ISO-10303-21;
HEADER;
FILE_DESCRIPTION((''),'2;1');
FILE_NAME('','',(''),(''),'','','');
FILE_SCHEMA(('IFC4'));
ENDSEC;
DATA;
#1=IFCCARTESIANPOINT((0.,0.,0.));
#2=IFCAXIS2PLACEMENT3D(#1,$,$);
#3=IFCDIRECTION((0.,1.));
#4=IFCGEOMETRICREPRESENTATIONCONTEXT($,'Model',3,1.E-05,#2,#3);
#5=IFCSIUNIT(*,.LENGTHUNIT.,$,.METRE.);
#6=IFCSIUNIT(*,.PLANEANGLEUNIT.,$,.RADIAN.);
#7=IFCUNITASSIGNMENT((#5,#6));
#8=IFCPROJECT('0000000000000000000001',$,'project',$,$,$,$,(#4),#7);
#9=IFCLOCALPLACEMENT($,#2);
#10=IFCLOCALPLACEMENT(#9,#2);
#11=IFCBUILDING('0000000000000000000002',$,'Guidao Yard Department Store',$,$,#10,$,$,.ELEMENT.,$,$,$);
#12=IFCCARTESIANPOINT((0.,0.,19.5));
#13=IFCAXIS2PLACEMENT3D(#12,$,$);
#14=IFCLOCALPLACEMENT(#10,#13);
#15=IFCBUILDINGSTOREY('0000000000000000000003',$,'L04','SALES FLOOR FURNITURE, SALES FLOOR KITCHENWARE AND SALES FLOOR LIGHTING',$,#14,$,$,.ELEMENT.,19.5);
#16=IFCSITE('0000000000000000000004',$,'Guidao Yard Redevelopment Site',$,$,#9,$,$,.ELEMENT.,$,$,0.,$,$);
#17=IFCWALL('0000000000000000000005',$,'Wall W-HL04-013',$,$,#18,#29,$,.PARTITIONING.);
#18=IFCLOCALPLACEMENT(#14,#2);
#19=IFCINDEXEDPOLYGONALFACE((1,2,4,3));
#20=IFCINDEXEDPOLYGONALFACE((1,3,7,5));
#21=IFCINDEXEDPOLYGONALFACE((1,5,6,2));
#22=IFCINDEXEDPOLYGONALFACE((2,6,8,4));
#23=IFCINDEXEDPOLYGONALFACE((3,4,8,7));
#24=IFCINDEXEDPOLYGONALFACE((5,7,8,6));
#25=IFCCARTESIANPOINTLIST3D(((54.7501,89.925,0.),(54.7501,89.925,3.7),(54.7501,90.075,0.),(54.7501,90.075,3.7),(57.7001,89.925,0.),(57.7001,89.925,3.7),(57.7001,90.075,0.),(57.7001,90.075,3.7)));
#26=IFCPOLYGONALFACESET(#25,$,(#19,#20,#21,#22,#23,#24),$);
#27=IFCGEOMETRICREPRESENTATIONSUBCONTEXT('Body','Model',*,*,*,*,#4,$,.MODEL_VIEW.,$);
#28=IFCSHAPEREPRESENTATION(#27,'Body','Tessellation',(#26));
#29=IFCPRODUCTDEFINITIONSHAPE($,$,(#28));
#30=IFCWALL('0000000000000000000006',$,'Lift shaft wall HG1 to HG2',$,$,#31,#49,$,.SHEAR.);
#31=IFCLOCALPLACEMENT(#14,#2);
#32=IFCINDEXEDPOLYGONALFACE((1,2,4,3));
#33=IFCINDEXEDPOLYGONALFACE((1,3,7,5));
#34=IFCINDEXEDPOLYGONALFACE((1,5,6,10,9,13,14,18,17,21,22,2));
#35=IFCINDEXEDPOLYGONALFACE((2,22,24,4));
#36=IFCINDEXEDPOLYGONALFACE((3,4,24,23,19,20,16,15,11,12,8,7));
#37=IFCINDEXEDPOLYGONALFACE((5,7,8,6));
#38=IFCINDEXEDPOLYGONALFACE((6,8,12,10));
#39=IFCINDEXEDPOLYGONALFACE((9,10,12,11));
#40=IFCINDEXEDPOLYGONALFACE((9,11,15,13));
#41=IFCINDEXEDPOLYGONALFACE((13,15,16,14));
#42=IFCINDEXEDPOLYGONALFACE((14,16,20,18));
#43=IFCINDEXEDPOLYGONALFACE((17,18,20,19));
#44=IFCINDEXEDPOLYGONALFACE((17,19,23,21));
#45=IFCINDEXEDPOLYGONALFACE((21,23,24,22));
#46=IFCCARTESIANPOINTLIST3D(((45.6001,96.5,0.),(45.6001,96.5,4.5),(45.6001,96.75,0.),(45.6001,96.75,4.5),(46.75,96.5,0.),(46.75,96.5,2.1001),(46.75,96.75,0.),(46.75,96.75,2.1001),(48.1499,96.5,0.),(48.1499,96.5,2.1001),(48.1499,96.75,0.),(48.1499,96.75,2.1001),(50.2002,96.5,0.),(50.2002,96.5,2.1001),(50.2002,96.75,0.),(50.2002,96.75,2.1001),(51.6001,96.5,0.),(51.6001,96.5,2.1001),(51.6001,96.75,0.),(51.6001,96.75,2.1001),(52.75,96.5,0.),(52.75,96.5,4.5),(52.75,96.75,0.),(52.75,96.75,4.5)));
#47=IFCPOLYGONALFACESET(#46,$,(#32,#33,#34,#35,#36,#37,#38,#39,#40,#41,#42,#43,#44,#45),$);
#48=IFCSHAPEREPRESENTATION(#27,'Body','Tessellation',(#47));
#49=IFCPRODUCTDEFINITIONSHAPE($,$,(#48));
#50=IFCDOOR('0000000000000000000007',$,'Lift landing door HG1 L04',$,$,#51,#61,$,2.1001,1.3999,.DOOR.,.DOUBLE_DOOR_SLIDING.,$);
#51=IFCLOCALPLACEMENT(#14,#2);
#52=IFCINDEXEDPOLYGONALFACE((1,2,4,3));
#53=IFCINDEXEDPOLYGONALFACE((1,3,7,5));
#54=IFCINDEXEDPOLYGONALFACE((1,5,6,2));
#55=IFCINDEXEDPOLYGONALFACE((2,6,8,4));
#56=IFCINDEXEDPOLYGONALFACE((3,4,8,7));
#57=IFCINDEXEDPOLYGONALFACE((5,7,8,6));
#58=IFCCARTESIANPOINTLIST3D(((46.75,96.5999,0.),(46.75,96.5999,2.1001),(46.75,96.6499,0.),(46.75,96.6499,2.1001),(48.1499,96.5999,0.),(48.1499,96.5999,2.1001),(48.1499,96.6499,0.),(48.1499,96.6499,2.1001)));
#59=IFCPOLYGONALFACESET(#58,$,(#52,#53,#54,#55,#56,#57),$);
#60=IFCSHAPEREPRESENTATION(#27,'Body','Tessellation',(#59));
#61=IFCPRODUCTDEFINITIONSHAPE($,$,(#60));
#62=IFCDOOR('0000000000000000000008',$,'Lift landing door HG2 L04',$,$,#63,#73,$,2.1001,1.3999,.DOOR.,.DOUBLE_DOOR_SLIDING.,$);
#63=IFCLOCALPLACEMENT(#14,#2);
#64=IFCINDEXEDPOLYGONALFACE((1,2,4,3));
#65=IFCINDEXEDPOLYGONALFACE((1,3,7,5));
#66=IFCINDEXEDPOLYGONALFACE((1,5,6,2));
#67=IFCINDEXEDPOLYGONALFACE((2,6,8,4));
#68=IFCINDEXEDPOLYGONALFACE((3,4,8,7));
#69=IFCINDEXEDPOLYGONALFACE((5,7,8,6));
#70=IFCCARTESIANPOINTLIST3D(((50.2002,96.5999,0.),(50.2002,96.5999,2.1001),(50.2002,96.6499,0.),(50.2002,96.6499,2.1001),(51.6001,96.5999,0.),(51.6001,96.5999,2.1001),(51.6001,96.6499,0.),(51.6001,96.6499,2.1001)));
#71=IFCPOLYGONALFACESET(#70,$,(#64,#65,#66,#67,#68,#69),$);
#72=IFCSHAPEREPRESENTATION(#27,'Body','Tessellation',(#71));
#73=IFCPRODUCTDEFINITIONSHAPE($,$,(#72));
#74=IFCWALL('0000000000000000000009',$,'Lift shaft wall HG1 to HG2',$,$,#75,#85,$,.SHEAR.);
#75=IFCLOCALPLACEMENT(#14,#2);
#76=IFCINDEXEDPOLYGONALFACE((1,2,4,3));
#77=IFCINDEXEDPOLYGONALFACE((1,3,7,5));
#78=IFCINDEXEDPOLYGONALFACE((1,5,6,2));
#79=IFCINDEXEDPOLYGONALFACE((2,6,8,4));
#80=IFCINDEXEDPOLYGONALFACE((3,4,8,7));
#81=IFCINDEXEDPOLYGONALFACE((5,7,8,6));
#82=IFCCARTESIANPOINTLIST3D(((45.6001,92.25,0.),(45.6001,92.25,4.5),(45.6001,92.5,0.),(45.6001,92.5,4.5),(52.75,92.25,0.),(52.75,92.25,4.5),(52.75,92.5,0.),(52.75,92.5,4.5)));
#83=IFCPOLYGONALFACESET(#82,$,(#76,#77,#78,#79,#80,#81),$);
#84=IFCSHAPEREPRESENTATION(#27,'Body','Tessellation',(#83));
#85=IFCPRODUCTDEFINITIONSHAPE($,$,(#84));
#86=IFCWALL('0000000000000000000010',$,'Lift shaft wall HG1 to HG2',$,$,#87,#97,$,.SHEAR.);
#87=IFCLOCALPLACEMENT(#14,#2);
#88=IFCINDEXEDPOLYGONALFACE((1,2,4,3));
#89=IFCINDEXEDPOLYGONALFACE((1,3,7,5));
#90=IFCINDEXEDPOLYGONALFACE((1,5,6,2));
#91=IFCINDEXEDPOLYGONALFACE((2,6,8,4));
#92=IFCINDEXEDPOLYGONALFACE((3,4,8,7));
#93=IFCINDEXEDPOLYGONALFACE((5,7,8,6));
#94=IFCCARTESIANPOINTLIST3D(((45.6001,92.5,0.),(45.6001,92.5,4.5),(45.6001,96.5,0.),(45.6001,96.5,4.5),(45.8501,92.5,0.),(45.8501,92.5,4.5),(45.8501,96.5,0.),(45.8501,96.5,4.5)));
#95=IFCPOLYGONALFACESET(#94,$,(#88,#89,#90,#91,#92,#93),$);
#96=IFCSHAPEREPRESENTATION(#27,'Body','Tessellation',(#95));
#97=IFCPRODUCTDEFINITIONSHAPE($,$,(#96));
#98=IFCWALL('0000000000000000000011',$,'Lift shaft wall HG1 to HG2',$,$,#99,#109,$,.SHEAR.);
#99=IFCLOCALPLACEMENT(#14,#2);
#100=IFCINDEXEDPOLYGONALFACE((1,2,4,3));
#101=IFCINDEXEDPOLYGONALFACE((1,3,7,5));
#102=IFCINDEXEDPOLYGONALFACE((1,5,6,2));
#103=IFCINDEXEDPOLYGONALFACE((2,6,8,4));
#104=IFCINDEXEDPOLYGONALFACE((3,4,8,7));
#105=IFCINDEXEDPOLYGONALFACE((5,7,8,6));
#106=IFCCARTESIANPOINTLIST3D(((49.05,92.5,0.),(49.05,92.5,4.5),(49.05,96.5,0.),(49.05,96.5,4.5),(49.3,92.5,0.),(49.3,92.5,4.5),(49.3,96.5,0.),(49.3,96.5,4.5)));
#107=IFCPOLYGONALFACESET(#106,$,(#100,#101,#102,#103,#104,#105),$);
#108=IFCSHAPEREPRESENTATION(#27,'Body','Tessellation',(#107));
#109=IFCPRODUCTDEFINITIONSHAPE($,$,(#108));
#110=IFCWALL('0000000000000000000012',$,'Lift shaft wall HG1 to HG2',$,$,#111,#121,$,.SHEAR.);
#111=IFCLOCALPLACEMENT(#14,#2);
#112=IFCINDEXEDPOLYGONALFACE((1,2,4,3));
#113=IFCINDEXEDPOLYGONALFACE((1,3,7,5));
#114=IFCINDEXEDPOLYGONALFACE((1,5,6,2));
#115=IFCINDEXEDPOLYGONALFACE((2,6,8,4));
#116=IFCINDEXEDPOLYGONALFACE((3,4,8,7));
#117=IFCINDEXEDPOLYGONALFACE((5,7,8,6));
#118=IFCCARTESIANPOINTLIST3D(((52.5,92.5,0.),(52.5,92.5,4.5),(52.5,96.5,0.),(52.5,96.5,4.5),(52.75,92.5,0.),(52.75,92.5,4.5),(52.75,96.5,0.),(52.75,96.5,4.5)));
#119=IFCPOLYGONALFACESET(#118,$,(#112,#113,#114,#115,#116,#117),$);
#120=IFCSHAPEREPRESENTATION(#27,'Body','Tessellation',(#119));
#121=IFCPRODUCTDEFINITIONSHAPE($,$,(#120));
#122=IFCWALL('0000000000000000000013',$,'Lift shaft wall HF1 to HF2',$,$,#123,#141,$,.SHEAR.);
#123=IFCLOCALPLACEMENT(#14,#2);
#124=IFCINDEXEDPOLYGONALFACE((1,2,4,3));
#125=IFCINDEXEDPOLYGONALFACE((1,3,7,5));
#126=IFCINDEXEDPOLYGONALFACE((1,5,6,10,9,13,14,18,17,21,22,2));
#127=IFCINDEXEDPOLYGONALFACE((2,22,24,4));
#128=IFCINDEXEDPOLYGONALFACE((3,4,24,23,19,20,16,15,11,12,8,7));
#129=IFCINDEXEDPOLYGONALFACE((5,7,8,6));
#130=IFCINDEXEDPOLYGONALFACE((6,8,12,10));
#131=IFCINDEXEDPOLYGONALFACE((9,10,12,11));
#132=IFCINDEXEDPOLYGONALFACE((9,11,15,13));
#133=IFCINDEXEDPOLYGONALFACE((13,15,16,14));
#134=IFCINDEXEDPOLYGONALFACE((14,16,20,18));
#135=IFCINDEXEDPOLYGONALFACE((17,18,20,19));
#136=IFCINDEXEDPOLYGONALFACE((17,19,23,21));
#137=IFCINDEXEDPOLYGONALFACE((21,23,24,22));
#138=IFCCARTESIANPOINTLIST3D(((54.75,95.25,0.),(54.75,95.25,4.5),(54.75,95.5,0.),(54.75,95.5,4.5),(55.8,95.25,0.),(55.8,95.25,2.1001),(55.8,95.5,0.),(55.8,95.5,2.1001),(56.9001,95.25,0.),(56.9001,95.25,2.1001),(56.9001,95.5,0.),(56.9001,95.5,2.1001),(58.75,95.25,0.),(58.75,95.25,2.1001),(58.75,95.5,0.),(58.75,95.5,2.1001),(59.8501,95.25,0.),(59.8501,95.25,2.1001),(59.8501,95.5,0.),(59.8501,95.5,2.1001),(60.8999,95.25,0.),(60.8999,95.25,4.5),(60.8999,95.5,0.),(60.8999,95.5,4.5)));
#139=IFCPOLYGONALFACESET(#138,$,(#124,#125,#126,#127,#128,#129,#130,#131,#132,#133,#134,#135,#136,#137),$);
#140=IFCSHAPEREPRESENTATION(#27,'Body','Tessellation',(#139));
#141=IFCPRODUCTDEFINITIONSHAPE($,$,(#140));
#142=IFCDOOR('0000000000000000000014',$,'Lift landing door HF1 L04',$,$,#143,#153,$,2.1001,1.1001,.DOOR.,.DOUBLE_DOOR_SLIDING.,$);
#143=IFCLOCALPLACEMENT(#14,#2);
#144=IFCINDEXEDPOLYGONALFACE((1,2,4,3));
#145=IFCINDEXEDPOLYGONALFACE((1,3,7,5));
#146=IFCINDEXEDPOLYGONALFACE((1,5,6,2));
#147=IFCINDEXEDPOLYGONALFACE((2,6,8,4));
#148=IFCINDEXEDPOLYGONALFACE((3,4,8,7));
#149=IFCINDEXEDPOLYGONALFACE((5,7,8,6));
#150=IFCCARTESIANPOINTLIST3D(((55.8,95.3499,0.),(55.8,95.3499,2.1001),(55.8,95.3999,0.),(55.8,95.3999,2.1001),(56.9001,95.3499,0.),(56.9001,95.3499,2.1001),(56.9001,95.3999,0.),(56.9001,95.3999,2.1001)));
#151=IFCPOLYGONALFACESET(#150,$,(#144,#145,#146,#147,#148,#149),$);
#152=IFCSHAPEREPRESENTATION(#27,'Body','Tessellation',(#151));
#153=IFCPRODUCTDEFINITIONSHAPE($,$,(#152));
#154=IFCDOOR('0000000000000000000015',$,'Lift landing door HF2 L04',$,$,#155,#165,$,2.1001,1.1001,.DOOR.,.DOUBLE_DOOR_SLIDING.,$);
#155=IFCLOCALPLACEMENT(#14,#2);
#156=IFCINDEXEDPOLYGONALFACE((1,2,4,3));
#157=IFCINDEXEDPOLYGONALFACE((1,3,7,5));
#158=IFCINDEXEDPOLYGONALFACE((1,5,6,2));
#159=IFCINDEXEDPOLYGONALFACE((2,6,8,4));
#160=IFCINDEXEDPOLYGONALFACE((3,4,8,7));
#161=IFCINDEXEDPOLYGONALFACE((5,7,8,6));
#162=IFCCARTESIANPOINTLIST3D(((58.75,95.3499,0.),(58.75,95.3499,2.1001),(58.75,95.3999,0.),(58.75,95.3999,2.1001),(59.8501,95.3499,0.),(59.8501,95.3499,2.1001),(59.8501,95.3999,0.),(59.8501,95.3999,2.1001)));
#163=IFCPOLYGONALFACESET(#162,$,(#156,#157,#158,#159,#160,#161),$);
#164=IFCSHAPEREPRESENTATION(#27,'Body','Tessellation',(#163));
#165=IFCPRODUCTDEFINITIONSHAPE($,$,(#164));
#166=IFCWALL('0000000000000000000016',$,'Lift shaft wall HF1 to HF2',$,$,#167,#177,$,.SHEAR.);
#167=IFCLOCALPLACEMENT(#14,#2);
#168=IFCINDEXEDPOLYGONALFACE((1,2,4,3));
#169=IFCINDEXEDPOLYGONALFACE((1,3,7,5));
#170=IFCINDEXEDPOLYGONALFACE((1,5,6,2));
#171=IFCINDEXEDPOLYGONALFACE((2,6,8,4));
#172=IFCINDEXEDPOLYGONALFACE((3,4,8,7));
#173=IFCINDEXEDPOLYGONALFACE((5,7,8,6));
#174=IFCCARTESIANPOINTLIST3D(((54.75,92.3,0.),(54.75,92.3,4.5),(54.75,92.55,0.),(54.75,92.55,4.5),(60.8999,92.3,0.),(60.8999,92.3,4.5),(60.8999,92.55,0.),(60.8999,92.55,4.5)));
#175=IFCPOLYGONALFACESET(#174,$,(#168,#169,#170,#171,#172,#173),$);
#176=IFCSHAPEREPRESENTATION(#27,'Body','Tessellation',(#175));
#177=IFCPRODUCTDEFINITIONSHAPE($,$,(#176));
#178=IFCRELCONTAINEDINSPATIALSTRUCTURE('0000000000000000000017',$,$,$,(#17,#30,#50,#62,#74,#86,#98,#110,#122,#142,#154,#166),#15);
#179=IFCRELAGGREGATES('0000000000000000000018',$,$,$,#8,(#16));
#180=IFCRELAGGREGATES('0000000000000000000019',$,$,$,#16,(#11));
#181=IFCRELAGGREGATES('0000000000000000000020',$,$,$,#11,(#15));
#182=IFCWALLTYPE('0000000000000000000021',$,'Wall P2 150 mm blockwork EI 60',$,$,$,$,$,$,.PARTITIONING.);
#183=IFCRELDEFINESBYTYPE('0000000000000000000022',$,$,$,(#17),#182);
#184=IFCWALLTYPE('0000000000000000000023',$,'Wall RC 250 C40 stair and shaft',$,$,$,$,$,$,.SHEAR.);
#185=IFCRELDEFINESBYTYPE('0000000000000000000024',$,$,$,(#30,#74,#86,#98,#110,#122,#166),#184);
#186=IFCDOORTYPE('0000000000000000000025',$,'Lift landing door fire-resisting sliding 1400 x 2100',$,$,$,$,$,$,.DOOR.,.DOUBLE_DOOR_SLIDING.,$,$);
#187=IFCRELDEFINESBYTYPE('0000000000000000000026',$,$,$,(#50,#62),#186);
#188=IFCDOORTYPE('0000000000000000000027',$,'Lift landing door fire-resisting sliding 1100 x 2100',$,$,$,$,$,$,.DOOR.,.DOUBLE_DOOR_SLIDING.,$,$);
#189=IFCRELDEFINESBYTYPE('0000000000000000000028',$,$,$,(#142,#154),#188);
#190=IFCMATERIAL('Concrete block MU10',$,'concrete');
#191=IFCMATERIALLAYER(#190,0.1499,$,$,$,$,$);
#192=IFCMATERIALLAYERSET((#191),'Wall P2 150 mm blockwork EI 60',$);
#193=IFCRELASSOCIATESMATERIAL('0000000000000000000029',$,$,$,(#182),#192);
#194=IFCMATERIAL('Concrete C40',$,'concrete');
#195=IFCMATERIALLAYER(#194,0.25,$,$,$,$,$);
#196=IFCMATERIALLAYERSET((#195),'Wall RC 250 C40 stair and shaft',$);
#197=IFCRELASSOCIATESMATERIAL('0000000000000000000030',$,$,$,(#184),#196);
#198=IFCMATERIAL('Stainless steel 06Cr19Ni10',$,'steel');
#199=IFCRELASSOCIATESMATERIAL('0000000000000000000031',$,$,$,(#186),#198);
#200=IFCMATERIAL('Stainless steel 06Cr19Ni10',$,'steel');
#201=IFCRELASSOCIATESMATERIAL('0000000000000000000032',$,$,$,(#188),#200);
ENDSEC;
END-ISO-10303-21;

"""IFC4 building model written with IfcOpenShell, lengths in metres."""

from ifc_helpers import new_model, si_unit, direction, frame, frame_2d, origin, place, context, subcontext, project, spatial, rectangle, extrude, material, layer, layer_set, type_object, element, fill, save


model = new_model("IFC4")

# Units and contexts
model_context = context("Model", 3, precision=1e-05, world=origin(), true_north=direction((0.0, 1.0)))
body_context = subcontext(model_context, "Body", "Model", "MODEL_VIEW")
ifc_project = project(units=[si_unit("LENGTHUNIT", "METRE"), si_unit("PLANEANGLEUNIT", "RADIAN")], contexts=[model_context])

# Site, building, storey
site_placement = place(None, origin())
site = spatial("IfcSite", under=ifc_project, at=site_placement, Name="Guidao Yard Redevelopment Site", CompositionType="ELEMENT", RefElevation=0.0)
building_placement = place(site_placement, origin())
building = spatial("IfcBuilding", under=site, at=building_placement, Name="Guidao Yard Department Store", CompositionType="ELEMENT")
storey_placement = place(building_placement, frame((0.0, 0.0, 19.5)))
storey = spatial("IfcBuildingStorey", under=building, at=storey_placement, Name="L04", Description="SALES FLOOR FURNITURE, SALES FLOOR KITCHENWARE AND SALES FLOOR LIGHTING", CompositionType="ELEMENT", Elevation=19.5)

# Wall
ifc_material_1 = material(Name="Concrete block MU10", Category="concrete")
ifc_layer_1 = layer(ifc_material_1, 0.1499)
ifc_layer_set_1 = layer_set([ifc_layer_1], Name="Wall P2 150 mm blockwork EI 60")
wall_type_1 = type_object("IfcWallType", Name="Wall P2 150 mm blockwork EI 60", PredefinedType="PARTITIONING", material=ifc_layer_set_1)
wall_1_placement = place(storey_placement, frame((54.75, 90.0, 0.0), z_axis=(0.0, 0.0, 1.0), x_axis=(1.0, 0.0, 0.0)))
element("IfcWall", 1, at=wall_1_placement, inside=storey, type_object=wall_type_1, Name="Wall W-HL04-013", PredefinedType="PARTITIONING", context=body_context, shape_type="SweptSolid", body=[
    extrude(rectangle(XDim=2.95, YDim=0.1499, at=frame_2d((1.4751, 0.0))), origin(), (0.0, 0.0, 1.0), 3.7),
])

# Wall, openings, doors
ifc_material_2 = material(Name="Concrete C40", Category="concrete")
ifc_layer_2 = layer(ifc_material_2, 0.25)
ifc_layer_set_2 = layer_set([ifc_layer_2], Name="Wall RC 250 C40 stair and shaft")
wall_type_2 = type_object("IfcWallType", Name="Wall RC 250 C40 stair and shaft", PredefinedType="SHEAR", material=ifc_layer_set_2)
wall_2_placement = place(storey_placement, frame((45.6001, 96.625, 0.0), z_axis=(0.0, 0.0, 1.0), x_axis=(1.0, 0.0, 0.0)))
wall_2 = element("IfcWall", 2, at=wall_2_placement, inside=storey, type_object=wall_type_2, Name="Lift shaft wall HG1 to HG2", PredefinedType="SHEAR", context=body_context, shape_type="SweptSolid", body=[
    extrude(rectangle(XDim=7.1499, YDim=0.25, at=frame_2d((3.575, 0.0))), origin(), (0.0, 0.0, 1.0), 4.5),
])
opening_1_placement = place(wall_2_placement, frame((1.1499, 0.0, 0.0)))
opening_1 = element("IfcOpeningElement", 3, at=opening_1_placement, cuts=wall_2, PredefinedType="OPENING", context=body_context, shape_type="SweptSolid", body=[
    extrude(rectangle(XDim=1.3999, YDim=2.1001, at=frame_2d((0.7, 1.05))), frame((0.0, 0.135, 0.0), z_axis=(0.0, -1.0, 0.0), x_axis=(1.0, 0.0, 0.0)), (0.0, 0.0, 1.0), 0.27),
])
opening_2_placement = place(wall_2_placement, frame((4.6001, 0.0, 0.0)))
opening_2 = element("IfcOpeningElement", 4, at=opening_2_placement, cuts=wall_2, PredefinedType="OPENING", context=body_context, shape_type="SweptSolid", body=[
    extrude(rectangle(XDim=1.3999, YDim=2.1001, at=frame_2d((0.7, 1.05))), frame((0.0, 0.135, 0.0), z_axis=(0.0, -1.0, 0.0), x_axis=(1.0, 0.0, 0.0)), (0.0, 0.0, 1.0), 0.27),
])
ifc_material_3 = material(Name="Stainless steel 06Cr19Ni10", Category="steel")
door_type_1 = type_object("IfcDoorType", Name="Lift landing door fire-resisting sliding 1400 x 2100", OperationType="DOUBLE_DOOR_SLIDING", PredefinedType="DOOR", material=ifc_material_3)
door_1_placement = place(opening_1_placement, origin())
door_1 = element("IfcDoor", 5, at=door_1_placement, inside=storey, type_object=door_type_1, Name="Lift landing door HG1 L04", OperationType="DOUBLE_DOOR_SLIDING", OverallHeight=2.1001, OverallWidth=1.3999, PredefinedType="DOOR", context=body_context, shape_type="SweptSolid", body=[
    extrude(rectangle(XDim=1.3999, YDim=2.1001, at=frame_2d((0.7, 1.05))), frame((0.0, 0.0249, 0.0), z_axis=(0.0, -1.0, 0.0), x_axis=(1.0, 0.0, 0.0)), (0.0, 0.0, 1.0), 0.05),
])
fill(opening_1, door_1)
door_2_placement = place(opening_2_placement, origin())
door_2 = element("IfcDoor", 6, at=door_2_placement, inside=storey, type_object=door_type_1, Name="Lift landing door HG2 L04", OperationType="DOUBLE_DOOR_SLIDING", OverallHeight=2.1001, OverallWidth=1.3999, PredefinedType="DOOR", context=body_context, shape_type="SweptSolid", body=[
    extrude(rectangle(XDim=1.3999, YDim=2.1001, at=frame_2d((0.7, 1.05))), frame((0.0, 0.0249, 0.0), z_axis=(0.0, -1.0, 0.0), x_axis=(1.0, 0.0, 0.0)), (0.0, 0.0, 1.0), 0.05),
])
fill(opening_2, door_2)

# Walls
wall_3_placement = place(storey_placement, frame((45.6001, 92.375, 0.0), z_axis=(0.0, 0.0, 1.0), x_axis=(1.0, 0.0, 0.0)))
element("IfcWall", 7, at=wall_3_placement, inside=storey, type_object=wall_type_2, Name="Lift shaft wall HG1 to HG2", PredefinedType="SHEAR", context=body_context, shape_type="SweptSolid", body=[
    extrude(rectangle(XDim=7.1499, YDim=0.25, at=frame_2d((3.575, 0.0))), origin(), (0.0, 0.0, 1.0), 4.5),
])
for number, where, z_axis, x_axis, name in (
    (8, (45.7251, 92.5, 0.0), (0.0, 0.0, 1.0), (0.0, 1.0, 0.0), "Lift shaft wall HG1 to HG2"),
    (9, (49.175, 92.5, 0.0), (0.0, 0.0, 1.0), (0.0, 1.0, 0.0), "Lift shaft wall HG1 to HG2"),
    (10, (52.625, 92.5, 0.0), (0.0, 0.0, 1.0), (0.0, 1.0, 0.0), "Lift shaft wall HG1 to HG2"),
):
    element("IfcWall", number, at=place(storey_placement, frame(where, z_axis=z_axis, x_axis=x_axis)), inside=storey, type_object=wall_type_2, Name=name, PredefinedType="SHEAR", context=body_context, shape_type="SweptSolid", body=[
        extrude(rectangle(XDim=4.0, YDim=0.25, at=frame_2d((2.0, 0.0))), origin(), (0.0, 0.0, 1.0), 4.5),
    ])

# Wall, openings, doors
wall_4_placement = place(storey_placement, frame((54.75, 95.375, 0.0), z_axis=(0.0, 0.0, 1.0), x_axis=(1.0, 0.0, 0.0)))
wall_4 = element("IfcWall", 11, at=wall_4_placement, inside=storey, type_object=wall_type_2, Name="Lift shaft wall HF1 to HF2", PredefinedType="SHEAR", context=body_context, shape_type="SweptSolid", body=[
    extrude(rectangle(XDim=6.1499, YDim=0.25, at=frame_2d((3.075, 0.0))), origin(), (0.0, 0.0, 1.0), 4.5),
])
opening_3_placement = place(wall_4_placement, frame((1.05, 0.0, 0.0)))
opening_3 = element("IfcOpeningElement", 12, at=opening_3_placement, cuts=wall_4, PredefinedType="OPENING", context=body_context, shape_type="SweptSolid", body=[
    extrude(rectangle(XDim=1.1001, YDim=2.1001, at=frame_2d((0.55, 1.05))), frame((0.0, 0.135, 0.0), z_axis=(0.0, -1.0, 0.0), x_axis=(1.0, 0.0, 0.0)), (0.0, 0.0, 1.0), 0.27),
])
opening_4_placement = place(wall_4_placement, frame((4.0, 0.0, 0.0)))
opening_4 = element("IfcOpeningElement", 13, at=opening_4_placement, cuts=wall_4, PredefinedType="OPENING", context=body_context, shape_type="SweptSolid", body=[
    extrude(rectangle(XDim=1.1001, YDim=2.1001, at=frame_2d((0.55, 1.05))), frame((0.0, 0.135, 0.0), z_axis=(0.0, -1.0, 0.0), x_axis=(1.0, 0.0, 0.0)), (0.0, 0.0, 1.0), 0.27),
])
ifc_material_4 = material(Name="Stainless steel 06Cr19Ni10", Category="steel")
door_type_2 = type_object("IfcDoorType", Name="Lift landing door fire-resisting sliding 1100 x 2100", OperationType="DOUBLE_DOOR_SLIDING", PredefinedType="DOOR", material=ifc_material_4)
door_3_placement = place(opening_3_placement, origin())
door_3 = element("IfcDoor", 14, at=door_3_placement, inside=storey, type_object=door_type_2, Name="Lift landing door HF1 L04", OperationType="DOUBLE_DOOR_SLIDING", OverallHeight=2.1001, OverallWidth=1.1001, PredefinedType="DOOR", context=body_context, shape_type="SweptSolid", body=[
    extrude(rectangle(XDim=1.1001, YDim=2.1001, at=frame_2d((0.55, 1.05))), frame((0.0, 0.0249, 0.0), z_axis=(0.0, -1.0, 0.0), x_axis=(1.0, 0.0, 0.0)), (0.0, 0.0, 1.0), 0.05),
])
fill(opening_3, door_3)
door_4_placement = place(opening_4_placement, origin())
door_4 = element("IfcDoor", 15, at=door_4_placement, inside=storey, type_object=door_type_2, Name="Lift landing door HF2 L04", OperationType="DOUBLE_DOOR_SLIDING", OverallHeight=2.1001, OverallWidth=1.1001, PredefinedType="DOOR", context=body_context, shape_type="SweptSolid", body=[
    extrude(rectangle(XDim=1.1001, YDim=2.1001, at=frame_2d((0.55, 1.05))), frame((0.0, 0.0249, 0.0), z_axis=(0.0, -1.0, 0.0), x_axis=(1.0, 0.0, 0.0)), (0.0, 0.0, 1.0), 0.05),
])
fill(opening_4, door_4)

# Wall
wall_5_placement = place(storey_placement, frame((54.75, 92.425, 0.0), z_axis=(0.0, 0.0, 1.0), x_axis=(1.0, 0.0, 0.0)))
element("IfcWall", 16, at=wall_5_placement, inside=storey, type_object=wall_type_2, Name="Lift shaft wall HF1 to HF2", PredefinedType="SHEAR", context=body_context, shape_type="SweptSolid", body=[
    extrude(rectangle(XDim=6.1499, YDim=0.25, at=frame_2d((3.075, 0.0))), origin(), (0.0, 0.0, 1.0), 4.5),
])

save(model, "model.ifc")
